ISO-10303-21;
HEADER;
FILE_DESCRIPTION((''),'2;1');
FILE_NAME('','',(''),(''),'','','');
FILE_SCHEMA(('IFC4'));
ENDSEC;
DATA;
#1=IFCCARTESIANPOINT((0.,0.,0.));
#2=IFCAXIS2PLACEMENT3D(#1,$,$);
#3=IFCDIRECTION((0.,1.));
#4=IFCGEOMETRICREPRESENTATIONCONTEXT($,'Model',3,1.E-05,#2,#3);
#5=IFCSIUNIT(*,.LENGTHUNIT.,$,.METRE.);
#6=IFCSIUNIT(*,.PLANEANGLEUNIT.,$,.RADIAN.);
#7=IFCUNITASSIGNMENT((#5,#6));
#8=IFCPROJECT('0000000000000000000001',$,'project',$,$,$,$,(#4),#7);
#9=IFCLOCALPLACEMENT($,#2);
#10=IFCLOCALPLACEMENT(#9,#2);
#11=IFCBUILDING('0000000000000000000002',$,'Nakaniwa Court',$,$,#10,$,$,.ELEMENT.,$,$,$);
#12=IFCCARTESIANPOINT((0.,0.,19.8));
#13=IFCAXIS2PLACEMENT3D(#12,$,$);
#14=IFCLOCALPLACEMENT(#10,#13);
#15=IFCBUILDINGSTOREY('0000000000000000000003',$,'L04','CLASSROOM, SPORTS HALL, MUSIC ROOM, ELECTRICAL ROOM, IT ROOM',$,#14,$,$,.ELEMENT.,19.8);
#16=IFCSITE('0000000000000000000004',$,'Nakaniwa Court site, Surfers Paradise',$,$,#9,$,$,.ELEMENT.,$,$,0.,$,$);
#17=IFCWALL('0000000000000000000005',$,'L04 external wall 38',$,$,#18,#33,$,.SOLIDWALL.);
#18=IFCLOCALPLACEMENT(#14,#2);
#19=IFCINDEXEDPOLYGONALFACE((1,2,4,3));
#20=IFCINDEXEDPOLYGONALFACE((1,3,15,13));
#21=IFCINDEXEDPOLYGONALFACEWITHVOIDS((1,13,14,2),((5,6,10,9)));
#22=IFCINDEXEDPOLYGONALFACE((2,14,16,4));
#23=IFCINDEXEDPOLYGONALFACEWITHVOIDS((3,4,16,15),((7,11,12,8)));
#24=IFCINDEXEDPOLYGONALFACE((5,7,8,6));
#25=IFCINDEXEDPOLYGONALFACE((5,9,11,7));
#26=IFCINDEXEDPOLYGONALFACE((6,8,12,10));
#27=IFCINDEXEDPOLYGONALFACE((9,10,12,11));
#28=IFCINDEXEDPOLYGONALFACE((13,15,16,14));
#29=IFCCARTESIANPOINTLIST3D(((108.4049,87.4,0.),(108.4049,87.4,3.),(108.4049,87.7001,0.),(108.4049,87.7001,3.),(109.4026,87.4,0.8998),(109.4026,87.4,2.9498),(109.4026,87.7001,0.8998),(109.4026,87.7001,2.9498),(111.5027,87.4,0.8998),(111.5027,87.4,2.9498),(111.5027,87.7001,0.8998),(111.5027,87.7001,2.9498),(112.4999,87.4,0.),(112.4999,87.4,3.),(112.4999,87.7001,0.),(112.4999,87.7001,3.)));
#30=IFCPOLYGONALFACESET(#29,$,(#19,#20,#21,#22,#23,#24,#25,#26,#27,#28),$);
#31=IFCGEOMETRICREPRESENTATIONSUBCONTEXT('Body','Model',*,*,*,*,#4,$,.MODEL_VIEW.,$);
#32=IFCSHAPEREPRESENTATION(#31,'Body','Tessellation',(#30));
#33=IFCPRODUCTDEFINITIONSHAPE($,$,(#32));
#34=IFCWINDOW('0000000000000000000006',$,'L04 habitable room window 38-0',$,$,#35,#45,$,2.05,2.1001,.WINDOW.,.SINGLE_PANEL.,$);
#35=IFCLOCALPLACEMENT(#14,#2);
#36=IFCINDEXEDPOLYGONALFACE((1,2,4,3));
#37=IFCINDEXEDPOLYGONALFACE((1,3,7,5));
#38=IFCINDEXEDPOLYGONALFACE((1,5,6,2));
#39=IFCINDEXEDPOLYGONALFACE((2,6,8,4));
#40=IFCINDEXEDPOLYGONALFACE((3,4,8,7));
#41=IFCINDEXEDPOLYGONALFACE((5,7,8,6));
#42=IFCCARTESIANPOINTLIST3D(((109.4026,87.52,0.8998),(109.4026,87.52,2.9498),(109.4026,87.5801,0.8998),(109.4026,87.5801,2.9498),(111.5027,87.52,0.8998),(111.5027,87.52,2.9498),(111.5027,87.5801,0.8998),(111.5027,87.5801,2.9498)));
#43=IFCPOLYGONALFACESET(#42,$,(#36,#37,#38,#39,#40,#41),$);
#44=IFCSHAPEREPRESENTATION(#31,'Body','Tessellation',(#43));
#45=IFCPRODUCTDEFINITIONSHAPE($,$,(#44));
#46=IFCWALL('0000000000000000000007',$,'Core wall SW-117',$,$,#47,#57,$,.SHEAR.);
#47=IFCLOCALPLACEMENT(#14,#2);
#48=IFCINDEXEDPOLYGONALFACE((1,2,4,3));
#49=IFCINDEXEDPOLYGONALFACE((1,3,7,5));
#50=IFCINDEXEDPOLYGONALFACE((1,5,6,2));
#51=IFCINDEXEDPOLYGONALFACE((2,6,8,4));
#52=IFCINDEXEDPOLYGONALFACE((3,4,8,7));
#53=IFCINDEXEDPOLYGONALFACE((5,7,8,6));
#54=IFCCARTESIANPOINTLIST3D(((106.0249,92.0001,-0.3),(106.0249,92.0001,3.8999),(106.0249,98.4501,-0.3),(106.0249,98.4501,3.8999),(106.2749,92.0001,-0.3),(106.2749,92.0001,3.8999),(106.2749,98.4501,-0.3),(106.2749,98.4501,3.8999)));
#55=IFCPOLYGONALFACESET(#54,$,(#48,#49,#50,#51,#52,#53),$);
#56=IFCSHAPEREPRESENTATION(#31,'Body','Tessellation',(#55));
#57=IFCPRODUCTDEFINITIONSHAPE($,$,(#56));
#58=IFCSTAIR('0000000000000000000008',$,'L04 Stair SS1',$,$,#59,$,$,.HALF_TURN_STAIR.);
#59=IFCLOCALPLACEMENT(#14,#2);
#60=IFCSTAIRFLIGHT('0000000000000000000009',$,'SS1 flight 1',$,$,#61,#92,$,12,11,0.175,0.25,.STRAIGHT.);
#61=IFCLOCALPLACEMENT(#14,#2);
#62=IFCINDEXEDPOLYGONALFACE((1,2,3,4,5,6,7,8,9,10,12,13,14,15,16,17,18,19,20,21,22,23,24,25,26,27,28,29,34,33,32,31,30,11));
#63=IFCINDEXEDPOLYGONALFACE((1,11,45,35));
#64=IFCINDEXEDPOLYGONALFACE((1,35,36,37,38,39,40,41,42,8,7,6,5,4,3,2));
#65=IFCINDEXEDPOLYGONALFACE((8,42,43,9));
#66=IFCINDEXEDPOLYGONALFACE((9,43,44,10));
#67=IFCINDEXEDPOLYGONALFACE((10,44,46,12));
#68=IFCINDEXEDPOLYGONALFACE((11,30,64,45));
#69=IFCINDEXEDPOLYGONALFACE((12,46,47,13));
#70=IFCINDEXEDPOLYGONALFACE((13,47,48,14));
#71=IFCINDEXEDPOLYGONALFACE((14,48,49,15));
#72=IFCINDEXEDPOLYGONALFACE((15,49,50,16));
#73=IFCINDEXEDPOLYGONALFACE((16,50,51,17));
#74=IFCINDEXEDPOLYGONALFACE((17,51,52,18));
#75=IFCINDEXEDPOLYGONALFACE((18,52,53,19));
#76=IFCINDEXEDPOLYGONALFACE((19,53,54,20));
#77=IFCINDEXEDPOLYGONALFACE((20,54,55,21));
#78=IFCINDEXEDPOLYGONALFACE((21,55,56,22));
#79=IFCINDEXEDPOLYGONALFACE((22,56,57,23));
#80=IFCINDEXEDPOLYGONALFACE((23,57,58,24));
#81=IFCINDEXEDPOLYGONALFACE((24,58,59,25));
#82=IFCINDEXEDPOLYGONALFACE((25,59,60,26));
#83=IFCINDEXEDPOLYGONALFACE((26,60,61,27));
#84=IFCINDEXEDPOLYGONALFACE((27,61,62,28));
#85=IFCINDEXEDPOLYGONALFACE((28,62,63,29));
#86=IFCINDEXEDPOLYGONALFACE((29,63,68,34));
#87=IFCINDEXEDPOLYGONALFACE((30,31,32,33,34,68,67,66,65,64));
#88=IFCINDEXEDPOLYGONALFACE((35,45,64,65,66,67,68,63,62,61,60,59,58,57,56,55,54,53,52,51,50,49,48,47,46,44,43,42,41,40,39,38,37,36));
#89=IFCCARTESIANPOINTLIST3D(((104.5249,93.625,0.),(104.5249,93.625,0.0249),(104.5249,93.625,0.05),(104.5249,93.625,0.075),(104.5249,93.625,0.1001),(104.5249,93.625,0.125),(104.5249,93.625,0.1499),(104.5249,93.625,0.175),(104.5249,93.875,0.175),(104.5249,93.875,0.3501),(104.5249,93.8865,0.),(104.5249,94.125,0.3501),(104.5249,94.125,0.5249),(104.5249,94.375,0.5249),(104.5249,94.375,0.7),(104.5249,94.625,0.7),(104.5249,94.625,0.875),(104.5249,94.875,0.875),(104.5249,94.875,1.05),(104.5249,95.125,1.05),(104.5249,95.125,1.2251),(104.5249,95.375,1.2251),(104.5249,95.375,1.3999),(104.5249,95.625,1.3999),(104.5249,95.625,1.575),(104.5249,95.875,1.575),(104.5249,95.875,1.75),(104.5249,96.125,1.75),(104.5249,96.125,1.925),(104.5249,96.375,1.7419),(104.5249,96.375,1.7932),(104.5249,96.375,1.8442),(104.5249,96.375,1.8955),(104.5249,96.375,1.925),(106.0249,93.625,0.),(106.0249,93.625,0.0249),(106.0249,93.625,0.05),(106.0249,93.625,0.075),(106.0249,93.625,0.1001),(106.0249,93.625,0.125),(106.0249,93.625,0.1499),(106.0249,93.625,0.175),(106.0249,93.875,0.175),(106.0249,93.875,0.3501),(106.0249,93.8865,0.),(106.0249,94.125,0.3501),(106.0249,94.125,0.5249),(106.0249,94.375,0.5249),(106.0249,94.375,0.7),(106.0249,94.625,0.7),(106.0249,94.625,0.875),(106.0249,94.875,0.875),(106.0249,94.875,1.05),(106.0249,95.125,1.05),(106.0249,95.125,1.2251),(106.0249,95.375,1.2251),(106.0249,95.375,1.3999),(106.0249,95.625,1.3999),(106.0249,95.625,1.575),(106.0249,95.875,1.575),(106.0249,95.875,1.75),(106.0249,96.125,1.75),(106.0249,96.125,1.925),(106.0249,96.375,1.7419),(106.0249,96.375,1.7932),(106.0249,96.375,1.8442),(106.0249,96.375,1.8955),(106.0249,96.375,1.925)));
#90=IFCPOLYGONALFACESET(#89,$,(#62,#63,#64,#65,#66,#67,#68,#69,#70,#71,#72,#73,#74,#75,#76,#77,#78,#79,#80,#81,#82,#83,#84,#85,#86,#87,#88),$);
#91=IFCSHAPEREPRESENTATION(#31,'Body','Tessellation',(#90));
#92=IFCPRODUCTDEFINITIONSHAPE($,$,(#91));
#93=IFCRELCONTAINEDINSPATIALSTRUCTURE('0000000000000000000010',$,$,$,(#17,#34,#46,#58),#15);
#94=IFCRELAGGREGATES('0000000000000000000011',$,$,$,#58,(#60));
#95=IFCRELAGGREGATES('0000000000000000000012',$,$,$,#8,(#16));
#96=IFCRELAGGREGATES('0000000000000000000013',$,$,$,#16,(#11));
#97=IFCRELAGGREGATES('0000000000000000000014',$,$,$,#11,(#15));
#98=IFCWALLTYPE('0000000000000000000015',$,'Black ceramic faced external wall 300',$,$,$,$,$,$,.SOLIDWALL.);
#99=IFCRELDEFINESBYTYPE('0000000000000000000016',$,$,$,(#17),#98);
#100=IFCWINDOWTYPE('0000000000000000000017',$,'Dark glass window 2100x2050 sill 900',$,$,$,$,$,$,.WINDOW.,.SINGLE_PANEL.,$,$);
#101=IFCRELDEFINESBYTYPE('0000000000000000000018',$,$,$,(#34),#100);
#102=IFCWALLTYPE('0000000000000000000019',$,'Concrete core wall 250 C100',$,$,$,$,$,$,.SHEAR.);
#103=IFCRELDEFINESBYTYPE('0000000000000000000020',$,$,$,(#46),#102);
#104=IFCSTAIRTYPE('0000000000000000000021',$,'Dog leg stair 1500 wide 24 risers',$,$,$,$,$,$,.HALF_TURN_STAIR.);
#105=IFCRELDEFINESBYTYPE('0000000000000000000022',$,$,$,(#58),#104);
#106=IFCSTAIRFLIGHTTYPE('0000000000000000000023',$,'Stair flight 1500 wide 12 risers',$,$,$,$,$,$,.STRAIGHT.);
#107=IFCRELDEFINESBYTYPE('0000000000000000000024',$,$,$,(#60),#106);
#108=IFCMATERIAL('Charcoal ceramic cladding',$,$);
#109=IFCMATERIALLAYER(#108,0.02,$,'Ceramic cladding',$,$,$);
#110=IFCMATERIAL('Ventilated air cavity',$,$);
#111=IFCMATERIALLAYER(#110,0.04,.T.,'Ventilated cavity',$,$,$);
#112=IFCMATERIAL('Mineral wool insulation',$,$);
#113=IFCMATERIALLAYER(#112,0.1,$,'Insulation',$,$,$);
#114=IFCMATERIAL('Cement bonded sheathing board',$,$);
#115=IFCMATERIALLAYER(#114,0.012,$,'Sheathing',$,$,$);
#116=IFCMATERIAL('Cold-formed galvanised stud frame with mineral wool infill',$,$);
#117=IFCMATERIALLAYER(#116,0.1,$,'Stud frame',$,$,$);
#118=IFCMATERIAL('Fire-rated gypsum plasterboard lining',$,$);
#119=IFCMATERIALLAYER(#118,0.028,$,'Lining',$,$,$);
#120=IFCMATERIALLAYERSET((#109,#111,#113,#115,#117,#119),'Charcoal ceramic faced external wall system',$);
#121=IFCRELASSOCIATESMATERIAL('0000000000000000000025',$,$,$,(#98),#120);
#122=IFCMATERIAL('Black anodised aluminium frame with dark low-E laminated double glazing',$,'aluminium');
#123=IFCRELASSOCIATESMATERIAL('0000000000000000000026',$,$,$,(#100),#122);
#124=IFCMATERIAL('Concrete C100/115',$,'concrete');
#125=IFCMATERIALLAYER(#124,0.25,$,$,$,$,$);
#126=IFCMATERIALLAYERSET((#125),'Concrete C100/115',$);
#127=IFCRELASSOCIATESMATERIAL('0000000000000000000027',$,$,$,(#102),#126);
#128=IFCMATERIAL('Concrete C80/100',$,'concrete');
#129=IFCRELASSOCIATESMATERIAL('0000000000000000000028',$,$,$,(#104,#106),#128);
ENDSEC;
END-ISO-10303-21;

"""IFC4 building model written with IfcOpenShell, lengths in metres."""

from ifc_helpers import new_model, si_unit, direction, frame, frame_2d, origin, place, context, subcontext, project, spatial, polyline, rectangle, outline, extrude, material, layer, layer_set, type_object, element, fill, aggregate, save


model = new_model("IFC4")

# Units and contexts
model_context = context("Model", 3, precision=1e-05, world=origin(), true_north=direction((0.0, 1.0)))
body_context = subcontext(model_context, "Body", "Model", "MODEL_VIEW")
ifc_project = project(units=[si_unit("LENGTHUNIT", "METRE"), si_unit("PLANEANGLEUNIT", "RADIAN")], contexts=[model_context])

# Site, building, storey
site_placement = place(None, origin())
site = spatial("IfcSite", under=ifc_project, at=site_placement, Name="Nakaniwa Court site, Surfers Paradise", CompositionType="ELEMENT", RefElevation=0.0)
building_placement = place(site_placement, origin())
building = spatial("IfcBuilding", under=site, at=building_placement, Name="Nakaniwa Court", CompositionType="ELEMENT")
storey_placement = place(building_placement, frame((0.0, 0.0, 19.8)))
storey = spatial("IfcBuildingStorey", under=building, at=storey_placement, Name="L04", Description="CLASSROOM, SPORTS HALL, MUSIC ROOM, ELECTRICAL ROOM, IT ROOM", CompositionType="ELEMENT", Elevation=19.8)

# Shared definitions
ifc_material_1 = material(Name="Concrete C100/115", Category="concrete")

# Shared definitions
ifc_material_2 = material(Name="Black anodised aluminium frame with dark low-E laminated double glazing", Category="aluminium")

# Wall, opening, window
ifc_material_3 = material(Name="Charcoal ceramic cladding")
ifc_layer_1 = layer(ifc_material_3, 0.02, Name="Ceramic cladding")
ifc_material_4 = material(Name="Ventilated air cavity")
ifc_layer_2 = layer(ifc_material_4, 0.04, ventilated=True, Name="Ventilated cavity")
ifc_material_5 = material(Name="Mineral wool insulation")
ifc_layer_3 = layer(ifc_material_5, 0.1, Name="Insulation")
ifc_material_6 = material(Name="Cement bonded sheathing board")
ifc_layer_4 = layer(ifc_material_6, 0.012, Name="Sheathing")
ifc_material_7 = material(Name="Cold-formed galvanised stud frame with mineral wool infill")
ifc_layer_5 = layer(ifc_material_7, 0.1, Name="Stud frame")
ifc_material_8 = material(Name="Fire-rated gypsum plasterboard lining")
ifc_layer_6 = layer(ifc_material_8, 0.028, Name="Lining")
ifc_layer_set_1 = layer_set([ifc_layer_1, ifc_layer_2, ifc_layer_3, ifc_layer_4, ifc_layer_5, ifc_layer_6], Name="Charcoal ceramic faced external wall system")
wall_type_1 = type_object("IfcWallType", Name="Black ceramic faced external wall 300", PredefinedType="SOLIDWALL", material=ifc_layer_set_1)
wall_1_placement = place(storey_placement, frame((108.405, 87.55, 0.0), z_axis=(0.0, 0.0, 1.0), x_axis=(1.0, 0.0, 0.0)))
wall_1 = element("IfcWall", 1, at=wall_1_placement, inside=storey, type_object=wall_type_1, Name="L04 external wall 38", PredefinedType="SOLIDWALL", context=body_context, shape_type="SweptSolid", body=[
    extrude(rectangle(XDim=4.095, YDim=0.3, at=frame_2d((2.0474, 0.0))), origin(), (0.0, 0.0, 1.0), 3.0),
])
opening_placement = place(wall_1_placement, frame((0.9976, 0.0, 0.8999)))
opening = element("IfcOpeningElement", 2, at=opening_placement, cuts=wall_1, PredefinedType="OPENING", context=body_context, shape_type="SweptSolid", body=[
    extrude(rectangle(XDim=2.1001, YDim=2.05, at=frame_2d((1.05, 1.0249))), frame((0.0, 0.1599, 0.0), z_axis=(0.0, -1.0, 0.0), x_axis=(1.0, 0.0, 0.0)), (0.0, 0.0, 1.0), 0.3201),
])
window_type = type_object("IfcWindowType", Name="Dark glass window 2100x2050 sill 900", PartitioningType="SINGLE_PANEL", PredefinedType="WINDOW", material=ifc_material_2)
window_placement = place(opening_placement, origin())
window = element("IfcWindow", 3, at=window_placement, inside=storey, type_object=window_type, Name="L04 habitable room window 38-0", OverallHeight=2.05, OverallWidth=2.1001, PartitioningType="SINGLE_PANEL", PredefinedType="WINDOW", context=body_context, shape_type="SweptSolid", body=[
    extrude(rectangle(XDim=2.1001, YDim=2.05, at=frame_2d((1.05, 1.0249))), frame((0.0, 0.03, 0.0), z_axis=(0.0, -1.0, 0.0), x_axis=(1.0, 0.0, 0.0)), (0.0, 0.0, 1.0), 0.0601),
])
fill(opening, window)

# Wall
ifc_layer_7 = layer(ifc_material_1, 0.25)
ifc_layer_set_2 = layer_set([ifc_layer_7], Name="Concrete C100/115")
wall_type_2 = type_object("IfcWallType", Name="Concrete core wall 250 C100", PredefinedType="SHEAR", material=ifc_layer_set_2)
wall_2_placement = place(storey_placement, frame((106.1499, 92.0, -0.3), z_axis=(0.0, 0.0, 1.0), x_axis=(0.0, 1.0, 0.0)))
element("IfcWall", 4, at=wall_2_placement, inside=storey, type_object=wall_type_2, Name="Core wall SW-117", PredefinedType="SHEAR", context=body_context, shape_type="SweptSolid", body=[
    extrude(rectangle(XDim=6.45, YDim=0.25, at=frame_2d((3.2251, 0.0))), origin(), (0.0, 0.0, 1.0), 4.2),
])

# Stair, stair flight
ifc_material_9 = material(Name="Concrete C80/100", Category="concrete")
stair_type = type_object("IfcStairType", Name="Dog leg stair 1500 wide 24 risers", PredefinedType="HALF_TURN_STAIR", material=ifc_material_9)
stair_placement = place(storey_placement, origin())
stair = element("IfcStair", 5, at=stair_placement, inside=storey, type_object=stair_type, Name="L04 Stair SS1", PredefinedType="HALF_TURN_STAIR")
stair_flight_type = type_object("IfcStairFlightType", Name="Stair flight 1500 wide 12 risers", PredefinedType="STRAIGHT", material=ifc_material_9)
stair_flight_placement = place(storey_placement, frame((105.2749, 93.625, 0.0), z_axis=(0.0, 0.0, 1.0), x_axis=(0.0, 1.0, 0.0)))
stair_flight = element("IfcStairFlight", 6, at=stair_flight_placement, type_object=stair_flight_type, Name="SS1 flight 1", NumberOfRisers=12, NumberOfTreads=11, PredefinedType="STRAIGHT", RiserHeight=0.175, TreadLength=0.25, context=body_context, shape_type="SweptSolid", body=[
    extrude(outline(polyline([(0.0, 0.0), (0.0, 0.0249), (0.0, 0.05), (0.0, 0.075), (0.0, 0.1001), (0.0, 0.125), (0.0, 0.1499), (0.0, 0.175), (0.25, 0.175), (0.25, 0.3501), (0.5, 0.3501), (0.5, 0.5249), (0.75, 0.5249), (0.75, 0.7), (1.0, 0.7), (1.0, 0.875), (1.25, 0.875), (1.25, 1.05), (1.5, 1.05), (1.5, 1.2251), (1.75, 1.2251), (1.75, 1.3999), (2.0, 1.3999), (2.0, 1.575), (2.25, 1.575), (2.25, 1.75), (2.5, 1.75), (2.5, 1.925), (2.75, 1.925), (2.75, 2.1001), (2.75, 2.0488), (2.75, 1.9978), (2.75, 1.9465), (2.75, 1.8955), (2.75, 1.8442), (2.75, 1.7932), (2.75, 1.7419), (0.2615, 0.0), (0.0, 0.0)])), frame((0.0, 0.75, 0.0), z_axis=(0.0, -1.0, 0.0), x_axis=(1.0, 0.0, 0.0)), (0.0, 0.0, 1.0), 1.5),
])
aggregate(stair, [stair_flight])

save(model, "model.ifc")
